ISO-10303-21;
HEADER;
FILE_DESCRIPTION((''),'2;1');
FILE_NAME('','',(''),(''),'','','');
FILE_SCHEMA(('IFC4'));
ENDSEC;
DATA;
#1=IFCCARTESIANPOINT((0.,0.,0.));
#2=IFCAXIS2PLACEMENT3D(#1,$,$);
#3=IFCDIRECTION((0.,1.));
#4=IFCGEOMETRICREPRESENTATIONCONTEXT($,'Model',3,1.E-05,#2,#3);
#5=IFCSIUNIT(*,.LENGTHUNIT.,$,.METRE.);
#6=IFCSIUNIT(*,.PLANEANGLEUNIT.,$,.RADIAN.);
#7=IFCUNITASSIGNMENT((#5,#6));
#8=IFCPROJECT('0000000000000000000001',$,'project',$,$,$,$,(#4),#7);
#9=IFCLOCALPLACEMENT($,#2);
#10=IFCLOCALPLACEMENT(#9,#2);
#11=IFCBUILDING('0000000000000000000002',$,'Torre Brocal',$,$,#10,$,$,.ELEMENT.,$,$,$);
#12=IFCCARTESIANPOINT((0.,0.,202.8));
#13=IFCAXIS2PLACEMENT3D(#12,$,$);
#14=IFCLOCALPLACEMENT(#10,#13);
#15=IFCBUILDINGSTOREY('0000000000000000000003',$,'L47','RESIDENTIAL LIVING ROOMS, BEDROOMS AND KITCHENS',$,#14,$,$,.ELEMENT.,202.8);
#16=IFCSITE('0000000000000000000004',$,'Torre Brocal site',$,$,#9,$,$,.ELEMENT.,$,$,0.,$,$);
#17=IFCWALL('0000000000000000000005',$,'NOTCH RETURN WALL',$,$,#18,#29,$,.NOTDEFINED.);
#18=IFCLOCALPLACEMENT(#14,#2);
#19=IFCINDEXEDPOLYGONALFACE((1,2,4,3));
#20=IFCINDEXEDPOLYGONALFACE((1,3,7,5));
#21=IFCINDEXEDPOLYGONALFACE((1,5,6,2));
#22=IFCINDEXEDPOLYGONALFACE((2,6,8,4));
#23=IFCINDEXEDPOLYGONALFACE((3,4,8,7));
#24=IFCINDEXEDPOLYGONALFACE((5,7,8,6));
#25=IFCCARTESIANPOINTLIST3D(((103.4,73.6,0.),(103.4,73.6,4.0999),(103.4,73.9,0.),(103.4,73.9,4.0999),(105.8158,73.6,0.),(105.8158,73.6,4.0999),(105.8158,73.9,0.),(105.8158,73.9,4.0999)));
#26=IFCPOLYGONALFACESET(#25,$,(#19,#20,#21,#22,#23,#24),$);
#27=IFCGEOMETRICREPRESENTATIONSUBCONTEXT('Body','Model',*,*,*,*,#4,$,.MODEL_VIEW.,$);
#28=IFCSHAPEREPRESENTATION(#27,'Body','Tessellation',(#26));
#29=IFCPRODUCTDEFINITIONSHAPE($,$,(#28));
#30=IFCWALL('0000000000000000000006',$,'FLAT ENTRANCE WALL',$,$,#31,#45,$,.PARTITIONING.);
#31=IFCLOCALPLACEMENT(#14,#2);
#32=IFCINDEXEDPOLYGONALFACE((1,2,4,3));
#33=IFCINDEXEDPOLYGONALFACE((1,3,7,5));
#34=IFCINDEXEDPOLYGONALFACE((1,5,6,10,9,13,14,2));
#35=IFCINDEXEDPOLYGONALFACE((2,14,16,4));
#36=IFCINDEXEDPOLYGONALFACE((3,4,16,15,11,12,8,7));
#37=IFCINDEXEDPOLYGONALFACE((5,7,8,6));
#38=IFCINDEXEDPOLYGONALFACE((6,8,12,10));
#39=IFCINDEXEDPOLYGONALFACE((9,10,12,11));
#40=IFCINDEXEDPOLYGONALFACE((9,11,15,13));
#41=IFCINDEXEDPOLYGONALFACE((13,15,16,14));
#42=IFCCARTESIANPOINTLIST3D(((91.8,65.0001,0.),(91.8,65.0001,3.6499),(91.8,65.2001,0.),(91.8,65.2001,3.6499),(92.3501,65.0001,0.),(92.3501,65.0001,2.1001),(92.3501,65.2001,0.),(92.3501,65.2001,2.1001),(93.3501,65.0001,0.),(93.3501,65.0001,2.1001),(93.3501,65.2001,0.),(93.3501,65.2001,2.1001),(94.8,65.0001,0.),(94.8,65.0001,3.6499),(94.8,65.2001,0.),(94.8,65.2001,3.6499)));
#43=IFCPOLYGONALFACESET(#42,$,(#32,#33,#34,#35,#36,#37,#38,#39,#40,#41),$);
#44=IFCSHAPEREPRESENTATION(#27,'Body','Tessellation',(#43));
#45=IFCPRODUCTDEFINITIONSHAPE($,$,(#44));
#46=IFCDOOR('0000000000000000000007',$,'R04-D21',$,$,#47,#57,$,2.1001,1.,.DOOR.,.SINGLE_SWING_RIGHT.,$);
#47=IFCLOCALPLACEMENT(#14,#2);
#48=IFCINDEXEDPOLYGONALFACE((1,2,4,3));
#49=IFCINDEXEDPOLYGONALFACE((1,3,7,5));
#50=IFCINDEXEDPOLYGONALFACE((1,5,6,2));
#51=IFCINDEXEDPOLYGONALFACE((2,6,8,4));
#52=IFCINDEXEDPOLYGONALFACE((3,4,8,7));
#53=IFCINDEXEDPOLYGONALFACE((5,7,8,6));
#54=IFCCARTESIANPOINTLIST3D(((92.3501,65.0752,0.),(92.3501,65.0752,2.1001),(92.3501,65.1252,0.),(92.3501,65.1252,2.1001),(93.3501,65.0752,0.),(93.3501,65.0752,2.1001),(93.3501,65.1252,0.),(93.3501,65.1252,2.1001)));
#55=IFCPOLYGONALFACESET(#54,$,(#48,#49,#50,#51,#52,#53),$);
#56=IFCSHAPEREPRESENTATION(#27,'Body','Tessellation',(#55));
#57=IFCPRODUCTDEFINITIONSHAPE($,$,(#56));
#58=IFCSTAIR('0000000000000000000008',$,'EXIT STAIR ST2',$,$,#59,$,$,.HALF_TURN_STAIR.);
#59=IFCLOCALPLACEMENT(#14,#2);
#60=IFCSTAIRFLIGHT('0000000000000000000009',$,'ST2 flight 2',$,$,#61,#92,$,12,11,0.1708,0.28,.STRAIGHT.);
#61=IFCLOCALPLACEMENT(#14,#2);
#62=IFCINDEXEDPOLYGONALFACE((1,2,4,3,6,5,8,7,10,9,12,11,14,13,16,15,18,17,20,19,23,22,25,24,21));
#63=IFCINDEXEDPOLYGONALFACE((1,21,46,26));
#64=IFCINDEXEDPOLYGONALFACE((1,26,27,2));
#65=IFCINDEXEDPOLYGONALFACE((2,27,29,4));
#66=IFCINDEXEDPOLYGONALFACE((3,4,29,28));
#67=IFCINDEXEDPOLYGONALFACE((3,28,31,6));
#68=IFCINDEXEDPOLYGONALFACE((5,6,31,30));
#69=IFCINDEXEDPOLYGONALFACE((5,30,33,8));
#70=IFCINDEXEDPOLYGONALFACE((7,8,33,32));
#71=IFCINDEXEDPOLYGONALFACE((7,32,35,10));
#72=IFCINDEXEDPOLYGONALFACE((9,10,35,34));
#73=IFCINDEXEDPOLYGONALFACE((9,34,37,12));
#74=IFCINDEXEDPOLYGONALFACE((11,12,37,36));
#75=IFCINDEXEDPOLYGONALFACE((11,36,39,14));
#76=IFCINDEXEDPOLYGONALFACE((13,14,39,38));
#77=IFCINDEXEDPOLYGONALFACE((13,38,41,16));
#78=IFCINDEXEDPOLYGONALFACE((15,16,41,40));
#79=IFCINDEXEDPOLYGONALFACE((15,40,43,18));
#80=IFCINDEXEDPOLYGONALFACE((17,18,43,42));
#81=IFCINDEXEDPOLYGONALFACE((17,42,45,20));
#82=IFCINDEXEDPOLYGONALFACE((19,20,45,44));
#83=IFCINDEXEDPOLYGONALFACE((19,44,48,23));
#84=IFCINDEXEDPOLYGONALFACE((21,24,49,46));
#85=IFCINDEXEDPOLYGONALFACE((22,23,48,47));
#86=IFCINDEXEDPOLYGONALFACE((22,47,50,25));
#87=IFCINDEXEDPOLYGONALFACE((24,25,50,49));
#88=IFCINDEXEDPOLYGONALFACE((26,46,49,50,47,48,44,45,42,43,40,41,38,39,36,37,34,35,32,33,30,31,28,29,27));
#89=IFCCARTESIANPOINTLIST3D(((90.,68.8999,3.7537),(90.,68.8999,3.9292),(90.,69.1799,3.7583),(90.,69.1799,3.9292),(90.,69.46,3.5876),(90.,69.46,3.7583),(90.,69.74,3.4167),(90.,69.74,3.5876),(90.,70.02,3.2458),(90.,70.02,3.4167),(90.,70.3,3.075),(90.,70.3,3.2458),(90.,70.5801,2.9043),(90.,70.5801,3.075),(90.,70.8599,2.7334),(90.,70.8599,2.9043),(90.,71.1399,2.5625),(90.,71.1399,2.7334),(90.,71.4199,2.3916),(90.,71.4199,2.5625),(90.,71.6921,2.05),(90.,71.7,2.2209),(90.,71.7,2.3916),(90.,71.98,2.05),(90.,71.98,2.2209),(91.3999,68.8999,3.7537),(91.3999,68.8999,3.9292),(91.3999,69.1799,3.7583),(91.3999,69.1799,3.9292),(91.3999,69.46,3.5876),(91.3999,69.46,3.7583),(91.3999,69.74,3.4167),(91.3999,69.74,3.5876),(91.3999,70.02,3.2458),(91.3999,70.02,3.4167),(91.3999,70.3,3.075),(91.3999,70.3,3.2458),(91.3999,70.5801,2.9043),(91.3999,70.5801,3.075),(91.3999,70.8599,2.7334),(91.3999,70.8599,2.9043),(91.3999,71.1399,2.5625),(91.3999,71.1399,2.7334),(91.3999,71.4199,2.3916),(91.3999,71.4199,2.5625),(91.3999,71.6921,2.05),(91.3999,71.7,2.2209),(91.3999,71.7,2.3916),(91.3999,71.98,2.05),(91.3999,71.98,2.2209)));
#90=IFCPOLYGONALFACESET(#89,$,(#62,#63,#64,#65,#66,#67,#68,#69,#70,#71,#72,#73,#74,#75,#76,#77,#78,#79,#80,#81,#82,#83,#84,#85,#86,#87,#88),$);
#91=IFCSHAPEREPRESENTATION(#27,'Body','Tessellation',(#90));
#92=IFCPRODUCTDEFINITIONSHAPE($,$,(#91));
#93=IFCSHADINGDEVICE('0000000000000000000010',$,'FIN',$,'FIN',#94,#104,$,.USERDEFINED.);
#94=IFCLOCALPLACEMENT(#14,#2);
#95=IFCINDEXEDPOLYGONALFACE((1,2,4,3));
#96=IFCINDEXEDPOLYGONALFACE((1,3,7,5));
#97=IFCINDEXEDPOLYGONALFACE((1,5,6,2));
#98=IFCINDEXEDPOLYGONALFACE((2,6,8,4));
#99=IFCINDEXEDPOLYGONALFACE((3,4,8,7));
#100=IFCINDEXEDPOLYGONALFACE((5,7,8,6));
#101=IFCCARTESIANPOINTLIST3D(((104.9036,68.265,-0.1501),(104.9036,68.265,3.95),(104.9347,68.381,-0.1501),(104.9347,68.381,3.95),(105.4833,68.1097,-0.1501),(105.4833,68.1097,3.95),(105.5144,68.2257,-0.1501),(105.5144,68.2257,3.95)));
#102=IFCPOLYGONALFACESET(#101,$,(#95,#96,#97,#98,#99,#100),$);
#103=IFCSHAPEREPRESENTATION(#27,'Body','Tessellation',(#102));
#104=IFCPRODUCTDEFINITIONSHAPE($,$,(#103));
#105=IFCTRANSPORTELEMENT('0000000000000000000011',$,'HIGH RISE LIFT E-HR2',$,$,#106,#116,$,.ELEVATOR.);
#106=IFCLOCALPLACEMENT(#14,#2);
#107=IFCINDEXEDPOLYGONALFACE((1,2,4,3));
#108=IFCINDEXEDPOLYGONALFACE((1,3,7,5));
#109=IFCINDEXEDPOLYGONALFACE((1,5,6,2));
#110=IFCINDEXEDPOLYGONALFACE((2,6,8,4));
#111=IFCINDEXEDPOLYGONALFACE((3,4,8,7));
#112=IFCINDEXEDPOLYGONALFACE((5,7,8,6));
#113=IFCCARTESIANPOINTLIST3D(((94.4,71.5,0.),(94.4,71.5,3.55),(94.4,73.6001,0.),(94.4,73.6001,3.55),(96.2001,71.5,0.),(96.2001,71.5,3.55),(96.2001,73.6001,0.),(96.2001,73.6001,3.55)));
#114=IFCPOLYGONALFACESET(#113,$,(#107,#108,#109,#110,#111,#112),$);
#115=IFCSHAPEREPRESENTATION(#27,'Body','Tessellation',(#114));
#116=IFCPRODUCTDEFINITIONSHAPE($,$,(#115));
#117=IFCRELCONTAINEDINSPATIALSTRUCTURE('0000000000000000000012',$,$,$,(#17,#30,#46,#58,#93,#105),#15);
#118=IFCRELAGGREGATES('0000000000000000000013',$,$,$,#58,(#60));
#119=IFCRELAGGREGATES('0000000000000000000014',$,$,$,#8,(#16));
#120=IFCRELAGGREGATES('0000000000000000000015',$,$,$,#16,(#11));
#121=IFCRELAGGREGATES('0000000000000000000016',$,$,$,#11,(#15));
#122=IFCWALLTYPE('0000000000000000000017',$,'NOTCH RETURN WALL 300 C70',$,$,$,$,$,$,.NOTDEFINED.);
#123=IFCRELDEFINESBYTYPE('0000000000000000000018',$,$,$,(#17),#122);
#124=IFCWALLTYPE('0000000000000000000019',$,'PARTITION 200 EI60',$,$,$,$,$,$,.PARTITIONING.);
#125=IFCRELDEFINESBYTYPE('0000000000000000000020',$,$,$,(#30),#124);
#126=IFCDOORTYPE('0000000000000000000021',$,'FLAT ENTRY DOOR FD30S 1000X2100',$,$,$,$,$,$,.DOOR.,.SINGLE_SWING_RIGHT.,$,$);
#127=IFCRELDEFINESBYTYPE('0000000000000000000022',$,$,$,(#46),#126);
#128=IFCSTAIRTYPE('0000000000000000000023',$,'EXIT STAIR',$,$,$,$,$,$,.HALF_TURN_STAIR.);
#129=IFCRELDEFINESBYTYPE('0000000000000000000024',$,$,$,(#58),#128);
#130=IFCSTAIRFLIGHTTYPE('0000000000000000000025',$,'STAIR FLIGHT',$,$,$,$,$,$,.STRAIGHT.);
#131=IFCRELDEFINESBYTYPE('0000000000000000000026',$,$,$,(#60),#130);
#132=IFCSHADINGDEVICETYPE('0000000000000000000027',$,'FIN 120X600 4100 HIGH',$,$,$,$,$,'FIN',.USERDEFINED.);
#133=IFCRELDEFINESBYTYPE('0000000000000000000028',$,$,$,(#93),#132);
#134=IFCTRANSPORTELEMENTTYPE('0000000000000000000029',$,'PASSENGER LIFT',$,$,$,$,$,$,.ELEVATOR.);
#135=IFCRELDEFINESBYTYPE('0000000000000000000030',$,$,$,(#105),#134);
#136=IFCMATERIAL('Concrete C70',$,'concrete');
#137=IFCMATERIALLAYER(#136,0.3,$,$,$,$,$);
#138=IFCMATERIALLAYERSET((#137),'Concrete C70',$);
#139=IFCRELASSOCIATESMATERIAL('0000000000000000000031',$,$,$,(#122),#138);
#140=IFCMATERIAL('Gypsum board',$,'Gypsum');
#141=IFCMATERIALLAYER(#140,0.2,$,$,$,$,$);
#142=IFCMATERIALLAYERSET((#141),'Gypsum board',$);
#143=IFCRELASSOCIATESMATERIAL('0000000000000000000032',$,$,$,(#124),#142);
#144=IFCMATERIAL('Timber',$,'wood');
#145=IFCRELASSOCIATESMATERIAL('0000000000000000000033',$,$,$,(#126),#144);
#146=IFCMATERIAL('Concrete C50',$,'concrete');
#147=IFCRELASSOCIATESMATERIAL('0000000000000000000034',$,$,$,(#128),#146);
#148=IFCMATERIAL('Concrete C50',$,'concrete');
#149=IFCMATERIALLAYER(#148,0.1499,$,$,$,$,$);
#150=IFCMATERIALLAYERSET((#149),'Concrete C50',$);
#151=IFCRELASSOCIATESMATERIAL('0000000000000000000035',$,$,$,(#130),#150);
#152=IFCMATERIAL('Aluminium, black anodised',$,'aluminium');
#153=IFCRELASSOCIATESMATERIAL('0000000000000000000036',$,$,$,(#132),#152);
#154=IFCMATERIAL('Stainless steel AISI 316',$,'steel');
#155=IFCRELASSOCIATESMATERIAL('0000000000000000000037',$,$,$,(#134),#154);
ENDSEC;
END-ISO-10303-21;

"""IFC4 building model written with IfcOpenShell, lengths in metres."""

from ifc_helpers import new_model, si_unit, direction, frame, frame_2d, origin, origin_2d, place, context, subcontext, project, spatial, polyline, rectangle, outline, extrude, material, layer, layer_set, material_profile, profile_set, type_object, element, fill, aggregate, save


model = new_model("IFC4")

# Units and contexts
model_context = context("Model", 3, precision=1e-05, world=origin(), true_north=direction((0.0, 1.0)))
body_context = subcontext(model_context, "Body", "Model", "MODEL_VIEW")
ifc_project = project(units=[si_unit("LENGTHUNIT", "METRE"), si_unit("PLANEANGLEUNIT", "RADIAN")], contexts=[model_context])

# Site, building, storey
site_placement = place(None, origin())
site = spatial("IfcSite", under=ifc_project, at=site_placement, Name="Torre Brocal site", CompositionType="ELEMENT", RefElevation=0.0)
building_placement = place(site_placement, origin())
building = spatial("IfcBuilding", under=site, at=building_placement, Name="Torre Brocal", CompositionType="ELEMENT")
storey_placement = place(building_placement, frame((0.0, 0.0, 202.8)))
storey = spatial("IfcBuildingStorey", under=building, at=storey_placement, Name="L47", Description="RESIDENTIAL LIVING ROOMS, BEDROOMS AND KITCHENS", CompositionType="ELEMENT", Elevation=202.8)

# Wall
ifc_material_1 = material(Name="Concrete C70", Category="concrete")
ifc_layer_1 = layer(ifc_material_1, 0.3)
ifc_layer_set_1 = layer_set([ifc_layer_1], Name="Concrete C70")
wall_type_1 = type_object("IfcWallType", Name="NOTCH RETURN WALL 300 C70", PredefinedType="NOTDEFINED", material=ifc_layer_set_1)
wall_1_placement = place(storey_placement, frame((103.3999, 73.75, 0.0), z_axis=(0.0, 0.0, 1.0), x_axis=(1.0, 0.0, 0.0)))
element("IfcWall", 1, at=wall_1_placement, inside=storey, type_object=wall_type_1, Name="NOTCH RETURN WALL", PredefinedType="NOTDEFINED", context=body_context, shape_type="SweptSolid", body=[
    extrude(rectangle(XDim=2.4158, YDim=0.3, at=frame_2d((1.208, 0.0))), origin(), (0.0, 0.0, 1.0), 4.0999),
])

# Wall, opening, door
ifc_material_2 = material(Name="Gypsum board", Category="Gypsum")
ifc_layer_2 = layer(ifc_material_2, 0.2)
ifc_layer_set_2 = layer_set([ifc_layer_2], Name="Gypsum board")
wall_type_2 = type_object("IfcWallType", Name="PARTITION 200 EI60", PredefinedType="PARTITIONING", material=ifc_layer_set_2)
wall_2_placement = place(storey_placement, frame((91.8, 65.1001, 0.0), z_axis=(0.0, 0.0, 1.0), x_axis=(1.0, 0.0, 0.0)))
wall_2 = element("IfcWall", 2, at=wall_2_placement, inside=storey, type_object=wall_type_2, Name="FLAT ENTRANCE WALL", PredefinedType="PARTITIONING", context=body_context, shape_type="SweptSolid", body=[
    extrude(rectangle(XDim=3.0, YDim=0.2, at=frame_2d((1.5, 0.0))), origin(), (0.0, 0.0, 1.0), 3.6499),
])
opening_1_placement = place(wall_2_placement, frame((0.55, 0.0, 0.0)))
opening_1 = element("IfcOpeningElement", 3, at=opening_1_placement, cuts=wall_2, PredefinedType="OPENING", context=body_context, shape_type="SweptSolid", body=[
    extrude(rectangle(XDim=1.0, YDim=2.1001, at=frame_2d((0.5, 1.05))), frame((0.0, 0.1099, 0.0), z_axis=(0.0, -1.0, 0.0), x_axis=(1.0, 0.0, 0.0)), (0.0, 0.0, 1.0), 0.22),
])
ifc_material_3 = material(Name="Timber", Category="wood")
door_type_1 = type_object("IfcDoorType", Name="FLAT ENTRY DOOR FD30S 1000X2100", OperationType="SINGLE_SWING_RIGHT", PredefinedType="DOOR", material=ifc_material_3)
door_1_placement = place(opening_1_placement, frame((1.0, 0.0, 0.0), z_axis=(0.0, 0.0, 1.0), x_axis=(-1.0, 0.0, 0.0)))
door_1 = element("IfcDoor", 4, at=door_1_placement, inside=storey, type_object=door_type_1, Name="R04-D21", OperationType="SINGLE_SWING_RIGHT", OverallHeight=2.1001, OverallWidth=1.0, PredefinedType="DOOR", context=body_context, shape_type="SweptSolid", body=[
    extrude(rectangle(XDim=1.0, YDim=2.1001, at=frame_2d((0.5, 1.05))), frame((0.0, 0.0249, 0.0), z_axis=(0.0, -1.0, 0.0), x_axis=(1.0, 0.0, 0.0)), (0.0, 0.0, 1.0), 0.05),
])
fill(opening_1, door_1)

# Stair, stair flight
ifc_material_4 = material(Name="Concrete C50", Category="concrete")
stair_type = type_object("IfcStairType", Name="EXIT STAIR", PredefinedType="HALF_TURN_STAIR", material=ifc_material_4)
stair_placement = place(storey_placement, origin())
stair = element("IfcStair", 5, at=stair_placement, inside=storey, type_object=stair_type, Name="EXIT STAIR ST2", PredefinedType="HALF_TURN_STAIR")
ifc_material_5 = material(Name="Concrete C50", Category="concrete")
ifc_layer_3 = layer(ifc_material_5, 0.1499)
ifc_layer_set_3 = layer_set([ifc_layer_3], Name="Concrete C50")
stair_flight_type = type_object("IfcStairFlightType", Name="STAIR FLIGHT", PredefinedType="STRAIGHT", material=ifc_layer_set_3)
stair_flight_placement = place(storey_placement, frame((90.7, 71.98, 2.05), z_axis=(0.0, 0.0, 1.0), x_axis=(0.0, -1.0, 0.0)))
stair_flight = element("IfcStairFlight", 6, at=stair_flight_placement, type_object=stair_flight_type, Name="ST2 flight 2", NumberOfRisers=12, NumberOfTreads=11, PredefinedType="STRAIGHT", RiserHeight=0.1708, TreadLength=0.28, context=body_context, shape_type="SweptSolid", body=[
    extrude(outline(polyline([(0.0, 0.0), (0.0, 0.1709), (0.28, 0.1709), (0.28, 0.3416), (0.5601, 0.3416), (0.5601, 0.5125), (0.8401, 0.5125), (0.8401, 0.6833), (1.1201, 0.6833), (1.1201, 0.8542), (1.3999, 0.8542), (1.3999, 1.0249), (1.6799, 1.0249), (1.6799, 1.1958), (1.96, 1.1958), (1.96, 1.3667), (2.24, 1.3667), (2.24, 1.5376), (2.52, 1.5376), (2.52, 1.7083), (2.8, 1.7083), (2.8, 1.8792), (3.0801, 1.8792), (3.0801, 2.05), (3.0801, 1.7036), (0.2878, 0.0), (0.0, 0.0)])), frame((0.0, 0.7, 0.0), z_axis=(0.0, -1.0, 0.0), x_axis=(1.0, 0.0, 0.0)), (0.0, 0.0, 1.0), 1.3999),
])
aggregate(stair, [stair_flight])

# Shading device
ifc_material_6 = material(Name="Aluminium, black anodised", Category="aluminium")
ifc_material_profile_1 = material_profile(ifc_material_6, rectangle(XDim=0.1201, YDim=0.6001, at=origin_2d()), Name="FIN 120X600 4100 HIGH")
ifc_profile_set_1 = profile_set([ifc_material_profile_1], Name="Aluminium, black anodised")
shading_device_type = type_object("IfcShadingDeviceType", Name="FIN 120X600 4100 HIGH", ElementType="FIN", PredefinedType="USERDEFINED", material=ifc_profile_set_1)
shading_device_placement = place(storey_placement, frame((105.209, 68.2454, -0.1501), z_axis=(0.0, 0.0, 1.0), x_axis=(0.258819, 0.965926, 0.0)))
element("IfcShadingDevice", 7, at=shading_device_placement, inside=storey, type_object=shading_device_type, Name="FIN", ObjectType="FIN", PredefinedType="USERDEFINED", context=body_context, shape_type="SweptSolid", body=[
    extrude(rectangle(XDim=0.1201, YDim=0.6001, at=origin_2d()), origin(), (0.0, 0.0, 1.0), 4.1001),
])

# Transport element
ifc_material_7 = material(Name="Stainless steel AISI 316", Category="steel")
transport_element_type = type_object("IfcTransportElementType", Name="PASSENGER LIFT", PredefinedType="ELEVATOR", material=ifc_material_7)
transport_element_placement = place(storey_placement, frame((95.3, 72.55, 0.0), z_axis=(0.0, 0.0, 1.0), x_axis=(1.0, 0.0, 0.0)))
element("IfcTransportElement", 8, at=transport_element_placement, inside=storey, type_object=transport_element_type, Name="HIGH RISE LIFT E-HR2", PredefinedType="ELEVATOR", context=body_context, shape_type="SweptSolid", body=[
    extrude(rectangle(XDim=1.8, YDim=2.1001, at=origin_2d()), origin(), (0.0, 0.0, 1.0), 3.55),
])

save(model, "model.ifc")
